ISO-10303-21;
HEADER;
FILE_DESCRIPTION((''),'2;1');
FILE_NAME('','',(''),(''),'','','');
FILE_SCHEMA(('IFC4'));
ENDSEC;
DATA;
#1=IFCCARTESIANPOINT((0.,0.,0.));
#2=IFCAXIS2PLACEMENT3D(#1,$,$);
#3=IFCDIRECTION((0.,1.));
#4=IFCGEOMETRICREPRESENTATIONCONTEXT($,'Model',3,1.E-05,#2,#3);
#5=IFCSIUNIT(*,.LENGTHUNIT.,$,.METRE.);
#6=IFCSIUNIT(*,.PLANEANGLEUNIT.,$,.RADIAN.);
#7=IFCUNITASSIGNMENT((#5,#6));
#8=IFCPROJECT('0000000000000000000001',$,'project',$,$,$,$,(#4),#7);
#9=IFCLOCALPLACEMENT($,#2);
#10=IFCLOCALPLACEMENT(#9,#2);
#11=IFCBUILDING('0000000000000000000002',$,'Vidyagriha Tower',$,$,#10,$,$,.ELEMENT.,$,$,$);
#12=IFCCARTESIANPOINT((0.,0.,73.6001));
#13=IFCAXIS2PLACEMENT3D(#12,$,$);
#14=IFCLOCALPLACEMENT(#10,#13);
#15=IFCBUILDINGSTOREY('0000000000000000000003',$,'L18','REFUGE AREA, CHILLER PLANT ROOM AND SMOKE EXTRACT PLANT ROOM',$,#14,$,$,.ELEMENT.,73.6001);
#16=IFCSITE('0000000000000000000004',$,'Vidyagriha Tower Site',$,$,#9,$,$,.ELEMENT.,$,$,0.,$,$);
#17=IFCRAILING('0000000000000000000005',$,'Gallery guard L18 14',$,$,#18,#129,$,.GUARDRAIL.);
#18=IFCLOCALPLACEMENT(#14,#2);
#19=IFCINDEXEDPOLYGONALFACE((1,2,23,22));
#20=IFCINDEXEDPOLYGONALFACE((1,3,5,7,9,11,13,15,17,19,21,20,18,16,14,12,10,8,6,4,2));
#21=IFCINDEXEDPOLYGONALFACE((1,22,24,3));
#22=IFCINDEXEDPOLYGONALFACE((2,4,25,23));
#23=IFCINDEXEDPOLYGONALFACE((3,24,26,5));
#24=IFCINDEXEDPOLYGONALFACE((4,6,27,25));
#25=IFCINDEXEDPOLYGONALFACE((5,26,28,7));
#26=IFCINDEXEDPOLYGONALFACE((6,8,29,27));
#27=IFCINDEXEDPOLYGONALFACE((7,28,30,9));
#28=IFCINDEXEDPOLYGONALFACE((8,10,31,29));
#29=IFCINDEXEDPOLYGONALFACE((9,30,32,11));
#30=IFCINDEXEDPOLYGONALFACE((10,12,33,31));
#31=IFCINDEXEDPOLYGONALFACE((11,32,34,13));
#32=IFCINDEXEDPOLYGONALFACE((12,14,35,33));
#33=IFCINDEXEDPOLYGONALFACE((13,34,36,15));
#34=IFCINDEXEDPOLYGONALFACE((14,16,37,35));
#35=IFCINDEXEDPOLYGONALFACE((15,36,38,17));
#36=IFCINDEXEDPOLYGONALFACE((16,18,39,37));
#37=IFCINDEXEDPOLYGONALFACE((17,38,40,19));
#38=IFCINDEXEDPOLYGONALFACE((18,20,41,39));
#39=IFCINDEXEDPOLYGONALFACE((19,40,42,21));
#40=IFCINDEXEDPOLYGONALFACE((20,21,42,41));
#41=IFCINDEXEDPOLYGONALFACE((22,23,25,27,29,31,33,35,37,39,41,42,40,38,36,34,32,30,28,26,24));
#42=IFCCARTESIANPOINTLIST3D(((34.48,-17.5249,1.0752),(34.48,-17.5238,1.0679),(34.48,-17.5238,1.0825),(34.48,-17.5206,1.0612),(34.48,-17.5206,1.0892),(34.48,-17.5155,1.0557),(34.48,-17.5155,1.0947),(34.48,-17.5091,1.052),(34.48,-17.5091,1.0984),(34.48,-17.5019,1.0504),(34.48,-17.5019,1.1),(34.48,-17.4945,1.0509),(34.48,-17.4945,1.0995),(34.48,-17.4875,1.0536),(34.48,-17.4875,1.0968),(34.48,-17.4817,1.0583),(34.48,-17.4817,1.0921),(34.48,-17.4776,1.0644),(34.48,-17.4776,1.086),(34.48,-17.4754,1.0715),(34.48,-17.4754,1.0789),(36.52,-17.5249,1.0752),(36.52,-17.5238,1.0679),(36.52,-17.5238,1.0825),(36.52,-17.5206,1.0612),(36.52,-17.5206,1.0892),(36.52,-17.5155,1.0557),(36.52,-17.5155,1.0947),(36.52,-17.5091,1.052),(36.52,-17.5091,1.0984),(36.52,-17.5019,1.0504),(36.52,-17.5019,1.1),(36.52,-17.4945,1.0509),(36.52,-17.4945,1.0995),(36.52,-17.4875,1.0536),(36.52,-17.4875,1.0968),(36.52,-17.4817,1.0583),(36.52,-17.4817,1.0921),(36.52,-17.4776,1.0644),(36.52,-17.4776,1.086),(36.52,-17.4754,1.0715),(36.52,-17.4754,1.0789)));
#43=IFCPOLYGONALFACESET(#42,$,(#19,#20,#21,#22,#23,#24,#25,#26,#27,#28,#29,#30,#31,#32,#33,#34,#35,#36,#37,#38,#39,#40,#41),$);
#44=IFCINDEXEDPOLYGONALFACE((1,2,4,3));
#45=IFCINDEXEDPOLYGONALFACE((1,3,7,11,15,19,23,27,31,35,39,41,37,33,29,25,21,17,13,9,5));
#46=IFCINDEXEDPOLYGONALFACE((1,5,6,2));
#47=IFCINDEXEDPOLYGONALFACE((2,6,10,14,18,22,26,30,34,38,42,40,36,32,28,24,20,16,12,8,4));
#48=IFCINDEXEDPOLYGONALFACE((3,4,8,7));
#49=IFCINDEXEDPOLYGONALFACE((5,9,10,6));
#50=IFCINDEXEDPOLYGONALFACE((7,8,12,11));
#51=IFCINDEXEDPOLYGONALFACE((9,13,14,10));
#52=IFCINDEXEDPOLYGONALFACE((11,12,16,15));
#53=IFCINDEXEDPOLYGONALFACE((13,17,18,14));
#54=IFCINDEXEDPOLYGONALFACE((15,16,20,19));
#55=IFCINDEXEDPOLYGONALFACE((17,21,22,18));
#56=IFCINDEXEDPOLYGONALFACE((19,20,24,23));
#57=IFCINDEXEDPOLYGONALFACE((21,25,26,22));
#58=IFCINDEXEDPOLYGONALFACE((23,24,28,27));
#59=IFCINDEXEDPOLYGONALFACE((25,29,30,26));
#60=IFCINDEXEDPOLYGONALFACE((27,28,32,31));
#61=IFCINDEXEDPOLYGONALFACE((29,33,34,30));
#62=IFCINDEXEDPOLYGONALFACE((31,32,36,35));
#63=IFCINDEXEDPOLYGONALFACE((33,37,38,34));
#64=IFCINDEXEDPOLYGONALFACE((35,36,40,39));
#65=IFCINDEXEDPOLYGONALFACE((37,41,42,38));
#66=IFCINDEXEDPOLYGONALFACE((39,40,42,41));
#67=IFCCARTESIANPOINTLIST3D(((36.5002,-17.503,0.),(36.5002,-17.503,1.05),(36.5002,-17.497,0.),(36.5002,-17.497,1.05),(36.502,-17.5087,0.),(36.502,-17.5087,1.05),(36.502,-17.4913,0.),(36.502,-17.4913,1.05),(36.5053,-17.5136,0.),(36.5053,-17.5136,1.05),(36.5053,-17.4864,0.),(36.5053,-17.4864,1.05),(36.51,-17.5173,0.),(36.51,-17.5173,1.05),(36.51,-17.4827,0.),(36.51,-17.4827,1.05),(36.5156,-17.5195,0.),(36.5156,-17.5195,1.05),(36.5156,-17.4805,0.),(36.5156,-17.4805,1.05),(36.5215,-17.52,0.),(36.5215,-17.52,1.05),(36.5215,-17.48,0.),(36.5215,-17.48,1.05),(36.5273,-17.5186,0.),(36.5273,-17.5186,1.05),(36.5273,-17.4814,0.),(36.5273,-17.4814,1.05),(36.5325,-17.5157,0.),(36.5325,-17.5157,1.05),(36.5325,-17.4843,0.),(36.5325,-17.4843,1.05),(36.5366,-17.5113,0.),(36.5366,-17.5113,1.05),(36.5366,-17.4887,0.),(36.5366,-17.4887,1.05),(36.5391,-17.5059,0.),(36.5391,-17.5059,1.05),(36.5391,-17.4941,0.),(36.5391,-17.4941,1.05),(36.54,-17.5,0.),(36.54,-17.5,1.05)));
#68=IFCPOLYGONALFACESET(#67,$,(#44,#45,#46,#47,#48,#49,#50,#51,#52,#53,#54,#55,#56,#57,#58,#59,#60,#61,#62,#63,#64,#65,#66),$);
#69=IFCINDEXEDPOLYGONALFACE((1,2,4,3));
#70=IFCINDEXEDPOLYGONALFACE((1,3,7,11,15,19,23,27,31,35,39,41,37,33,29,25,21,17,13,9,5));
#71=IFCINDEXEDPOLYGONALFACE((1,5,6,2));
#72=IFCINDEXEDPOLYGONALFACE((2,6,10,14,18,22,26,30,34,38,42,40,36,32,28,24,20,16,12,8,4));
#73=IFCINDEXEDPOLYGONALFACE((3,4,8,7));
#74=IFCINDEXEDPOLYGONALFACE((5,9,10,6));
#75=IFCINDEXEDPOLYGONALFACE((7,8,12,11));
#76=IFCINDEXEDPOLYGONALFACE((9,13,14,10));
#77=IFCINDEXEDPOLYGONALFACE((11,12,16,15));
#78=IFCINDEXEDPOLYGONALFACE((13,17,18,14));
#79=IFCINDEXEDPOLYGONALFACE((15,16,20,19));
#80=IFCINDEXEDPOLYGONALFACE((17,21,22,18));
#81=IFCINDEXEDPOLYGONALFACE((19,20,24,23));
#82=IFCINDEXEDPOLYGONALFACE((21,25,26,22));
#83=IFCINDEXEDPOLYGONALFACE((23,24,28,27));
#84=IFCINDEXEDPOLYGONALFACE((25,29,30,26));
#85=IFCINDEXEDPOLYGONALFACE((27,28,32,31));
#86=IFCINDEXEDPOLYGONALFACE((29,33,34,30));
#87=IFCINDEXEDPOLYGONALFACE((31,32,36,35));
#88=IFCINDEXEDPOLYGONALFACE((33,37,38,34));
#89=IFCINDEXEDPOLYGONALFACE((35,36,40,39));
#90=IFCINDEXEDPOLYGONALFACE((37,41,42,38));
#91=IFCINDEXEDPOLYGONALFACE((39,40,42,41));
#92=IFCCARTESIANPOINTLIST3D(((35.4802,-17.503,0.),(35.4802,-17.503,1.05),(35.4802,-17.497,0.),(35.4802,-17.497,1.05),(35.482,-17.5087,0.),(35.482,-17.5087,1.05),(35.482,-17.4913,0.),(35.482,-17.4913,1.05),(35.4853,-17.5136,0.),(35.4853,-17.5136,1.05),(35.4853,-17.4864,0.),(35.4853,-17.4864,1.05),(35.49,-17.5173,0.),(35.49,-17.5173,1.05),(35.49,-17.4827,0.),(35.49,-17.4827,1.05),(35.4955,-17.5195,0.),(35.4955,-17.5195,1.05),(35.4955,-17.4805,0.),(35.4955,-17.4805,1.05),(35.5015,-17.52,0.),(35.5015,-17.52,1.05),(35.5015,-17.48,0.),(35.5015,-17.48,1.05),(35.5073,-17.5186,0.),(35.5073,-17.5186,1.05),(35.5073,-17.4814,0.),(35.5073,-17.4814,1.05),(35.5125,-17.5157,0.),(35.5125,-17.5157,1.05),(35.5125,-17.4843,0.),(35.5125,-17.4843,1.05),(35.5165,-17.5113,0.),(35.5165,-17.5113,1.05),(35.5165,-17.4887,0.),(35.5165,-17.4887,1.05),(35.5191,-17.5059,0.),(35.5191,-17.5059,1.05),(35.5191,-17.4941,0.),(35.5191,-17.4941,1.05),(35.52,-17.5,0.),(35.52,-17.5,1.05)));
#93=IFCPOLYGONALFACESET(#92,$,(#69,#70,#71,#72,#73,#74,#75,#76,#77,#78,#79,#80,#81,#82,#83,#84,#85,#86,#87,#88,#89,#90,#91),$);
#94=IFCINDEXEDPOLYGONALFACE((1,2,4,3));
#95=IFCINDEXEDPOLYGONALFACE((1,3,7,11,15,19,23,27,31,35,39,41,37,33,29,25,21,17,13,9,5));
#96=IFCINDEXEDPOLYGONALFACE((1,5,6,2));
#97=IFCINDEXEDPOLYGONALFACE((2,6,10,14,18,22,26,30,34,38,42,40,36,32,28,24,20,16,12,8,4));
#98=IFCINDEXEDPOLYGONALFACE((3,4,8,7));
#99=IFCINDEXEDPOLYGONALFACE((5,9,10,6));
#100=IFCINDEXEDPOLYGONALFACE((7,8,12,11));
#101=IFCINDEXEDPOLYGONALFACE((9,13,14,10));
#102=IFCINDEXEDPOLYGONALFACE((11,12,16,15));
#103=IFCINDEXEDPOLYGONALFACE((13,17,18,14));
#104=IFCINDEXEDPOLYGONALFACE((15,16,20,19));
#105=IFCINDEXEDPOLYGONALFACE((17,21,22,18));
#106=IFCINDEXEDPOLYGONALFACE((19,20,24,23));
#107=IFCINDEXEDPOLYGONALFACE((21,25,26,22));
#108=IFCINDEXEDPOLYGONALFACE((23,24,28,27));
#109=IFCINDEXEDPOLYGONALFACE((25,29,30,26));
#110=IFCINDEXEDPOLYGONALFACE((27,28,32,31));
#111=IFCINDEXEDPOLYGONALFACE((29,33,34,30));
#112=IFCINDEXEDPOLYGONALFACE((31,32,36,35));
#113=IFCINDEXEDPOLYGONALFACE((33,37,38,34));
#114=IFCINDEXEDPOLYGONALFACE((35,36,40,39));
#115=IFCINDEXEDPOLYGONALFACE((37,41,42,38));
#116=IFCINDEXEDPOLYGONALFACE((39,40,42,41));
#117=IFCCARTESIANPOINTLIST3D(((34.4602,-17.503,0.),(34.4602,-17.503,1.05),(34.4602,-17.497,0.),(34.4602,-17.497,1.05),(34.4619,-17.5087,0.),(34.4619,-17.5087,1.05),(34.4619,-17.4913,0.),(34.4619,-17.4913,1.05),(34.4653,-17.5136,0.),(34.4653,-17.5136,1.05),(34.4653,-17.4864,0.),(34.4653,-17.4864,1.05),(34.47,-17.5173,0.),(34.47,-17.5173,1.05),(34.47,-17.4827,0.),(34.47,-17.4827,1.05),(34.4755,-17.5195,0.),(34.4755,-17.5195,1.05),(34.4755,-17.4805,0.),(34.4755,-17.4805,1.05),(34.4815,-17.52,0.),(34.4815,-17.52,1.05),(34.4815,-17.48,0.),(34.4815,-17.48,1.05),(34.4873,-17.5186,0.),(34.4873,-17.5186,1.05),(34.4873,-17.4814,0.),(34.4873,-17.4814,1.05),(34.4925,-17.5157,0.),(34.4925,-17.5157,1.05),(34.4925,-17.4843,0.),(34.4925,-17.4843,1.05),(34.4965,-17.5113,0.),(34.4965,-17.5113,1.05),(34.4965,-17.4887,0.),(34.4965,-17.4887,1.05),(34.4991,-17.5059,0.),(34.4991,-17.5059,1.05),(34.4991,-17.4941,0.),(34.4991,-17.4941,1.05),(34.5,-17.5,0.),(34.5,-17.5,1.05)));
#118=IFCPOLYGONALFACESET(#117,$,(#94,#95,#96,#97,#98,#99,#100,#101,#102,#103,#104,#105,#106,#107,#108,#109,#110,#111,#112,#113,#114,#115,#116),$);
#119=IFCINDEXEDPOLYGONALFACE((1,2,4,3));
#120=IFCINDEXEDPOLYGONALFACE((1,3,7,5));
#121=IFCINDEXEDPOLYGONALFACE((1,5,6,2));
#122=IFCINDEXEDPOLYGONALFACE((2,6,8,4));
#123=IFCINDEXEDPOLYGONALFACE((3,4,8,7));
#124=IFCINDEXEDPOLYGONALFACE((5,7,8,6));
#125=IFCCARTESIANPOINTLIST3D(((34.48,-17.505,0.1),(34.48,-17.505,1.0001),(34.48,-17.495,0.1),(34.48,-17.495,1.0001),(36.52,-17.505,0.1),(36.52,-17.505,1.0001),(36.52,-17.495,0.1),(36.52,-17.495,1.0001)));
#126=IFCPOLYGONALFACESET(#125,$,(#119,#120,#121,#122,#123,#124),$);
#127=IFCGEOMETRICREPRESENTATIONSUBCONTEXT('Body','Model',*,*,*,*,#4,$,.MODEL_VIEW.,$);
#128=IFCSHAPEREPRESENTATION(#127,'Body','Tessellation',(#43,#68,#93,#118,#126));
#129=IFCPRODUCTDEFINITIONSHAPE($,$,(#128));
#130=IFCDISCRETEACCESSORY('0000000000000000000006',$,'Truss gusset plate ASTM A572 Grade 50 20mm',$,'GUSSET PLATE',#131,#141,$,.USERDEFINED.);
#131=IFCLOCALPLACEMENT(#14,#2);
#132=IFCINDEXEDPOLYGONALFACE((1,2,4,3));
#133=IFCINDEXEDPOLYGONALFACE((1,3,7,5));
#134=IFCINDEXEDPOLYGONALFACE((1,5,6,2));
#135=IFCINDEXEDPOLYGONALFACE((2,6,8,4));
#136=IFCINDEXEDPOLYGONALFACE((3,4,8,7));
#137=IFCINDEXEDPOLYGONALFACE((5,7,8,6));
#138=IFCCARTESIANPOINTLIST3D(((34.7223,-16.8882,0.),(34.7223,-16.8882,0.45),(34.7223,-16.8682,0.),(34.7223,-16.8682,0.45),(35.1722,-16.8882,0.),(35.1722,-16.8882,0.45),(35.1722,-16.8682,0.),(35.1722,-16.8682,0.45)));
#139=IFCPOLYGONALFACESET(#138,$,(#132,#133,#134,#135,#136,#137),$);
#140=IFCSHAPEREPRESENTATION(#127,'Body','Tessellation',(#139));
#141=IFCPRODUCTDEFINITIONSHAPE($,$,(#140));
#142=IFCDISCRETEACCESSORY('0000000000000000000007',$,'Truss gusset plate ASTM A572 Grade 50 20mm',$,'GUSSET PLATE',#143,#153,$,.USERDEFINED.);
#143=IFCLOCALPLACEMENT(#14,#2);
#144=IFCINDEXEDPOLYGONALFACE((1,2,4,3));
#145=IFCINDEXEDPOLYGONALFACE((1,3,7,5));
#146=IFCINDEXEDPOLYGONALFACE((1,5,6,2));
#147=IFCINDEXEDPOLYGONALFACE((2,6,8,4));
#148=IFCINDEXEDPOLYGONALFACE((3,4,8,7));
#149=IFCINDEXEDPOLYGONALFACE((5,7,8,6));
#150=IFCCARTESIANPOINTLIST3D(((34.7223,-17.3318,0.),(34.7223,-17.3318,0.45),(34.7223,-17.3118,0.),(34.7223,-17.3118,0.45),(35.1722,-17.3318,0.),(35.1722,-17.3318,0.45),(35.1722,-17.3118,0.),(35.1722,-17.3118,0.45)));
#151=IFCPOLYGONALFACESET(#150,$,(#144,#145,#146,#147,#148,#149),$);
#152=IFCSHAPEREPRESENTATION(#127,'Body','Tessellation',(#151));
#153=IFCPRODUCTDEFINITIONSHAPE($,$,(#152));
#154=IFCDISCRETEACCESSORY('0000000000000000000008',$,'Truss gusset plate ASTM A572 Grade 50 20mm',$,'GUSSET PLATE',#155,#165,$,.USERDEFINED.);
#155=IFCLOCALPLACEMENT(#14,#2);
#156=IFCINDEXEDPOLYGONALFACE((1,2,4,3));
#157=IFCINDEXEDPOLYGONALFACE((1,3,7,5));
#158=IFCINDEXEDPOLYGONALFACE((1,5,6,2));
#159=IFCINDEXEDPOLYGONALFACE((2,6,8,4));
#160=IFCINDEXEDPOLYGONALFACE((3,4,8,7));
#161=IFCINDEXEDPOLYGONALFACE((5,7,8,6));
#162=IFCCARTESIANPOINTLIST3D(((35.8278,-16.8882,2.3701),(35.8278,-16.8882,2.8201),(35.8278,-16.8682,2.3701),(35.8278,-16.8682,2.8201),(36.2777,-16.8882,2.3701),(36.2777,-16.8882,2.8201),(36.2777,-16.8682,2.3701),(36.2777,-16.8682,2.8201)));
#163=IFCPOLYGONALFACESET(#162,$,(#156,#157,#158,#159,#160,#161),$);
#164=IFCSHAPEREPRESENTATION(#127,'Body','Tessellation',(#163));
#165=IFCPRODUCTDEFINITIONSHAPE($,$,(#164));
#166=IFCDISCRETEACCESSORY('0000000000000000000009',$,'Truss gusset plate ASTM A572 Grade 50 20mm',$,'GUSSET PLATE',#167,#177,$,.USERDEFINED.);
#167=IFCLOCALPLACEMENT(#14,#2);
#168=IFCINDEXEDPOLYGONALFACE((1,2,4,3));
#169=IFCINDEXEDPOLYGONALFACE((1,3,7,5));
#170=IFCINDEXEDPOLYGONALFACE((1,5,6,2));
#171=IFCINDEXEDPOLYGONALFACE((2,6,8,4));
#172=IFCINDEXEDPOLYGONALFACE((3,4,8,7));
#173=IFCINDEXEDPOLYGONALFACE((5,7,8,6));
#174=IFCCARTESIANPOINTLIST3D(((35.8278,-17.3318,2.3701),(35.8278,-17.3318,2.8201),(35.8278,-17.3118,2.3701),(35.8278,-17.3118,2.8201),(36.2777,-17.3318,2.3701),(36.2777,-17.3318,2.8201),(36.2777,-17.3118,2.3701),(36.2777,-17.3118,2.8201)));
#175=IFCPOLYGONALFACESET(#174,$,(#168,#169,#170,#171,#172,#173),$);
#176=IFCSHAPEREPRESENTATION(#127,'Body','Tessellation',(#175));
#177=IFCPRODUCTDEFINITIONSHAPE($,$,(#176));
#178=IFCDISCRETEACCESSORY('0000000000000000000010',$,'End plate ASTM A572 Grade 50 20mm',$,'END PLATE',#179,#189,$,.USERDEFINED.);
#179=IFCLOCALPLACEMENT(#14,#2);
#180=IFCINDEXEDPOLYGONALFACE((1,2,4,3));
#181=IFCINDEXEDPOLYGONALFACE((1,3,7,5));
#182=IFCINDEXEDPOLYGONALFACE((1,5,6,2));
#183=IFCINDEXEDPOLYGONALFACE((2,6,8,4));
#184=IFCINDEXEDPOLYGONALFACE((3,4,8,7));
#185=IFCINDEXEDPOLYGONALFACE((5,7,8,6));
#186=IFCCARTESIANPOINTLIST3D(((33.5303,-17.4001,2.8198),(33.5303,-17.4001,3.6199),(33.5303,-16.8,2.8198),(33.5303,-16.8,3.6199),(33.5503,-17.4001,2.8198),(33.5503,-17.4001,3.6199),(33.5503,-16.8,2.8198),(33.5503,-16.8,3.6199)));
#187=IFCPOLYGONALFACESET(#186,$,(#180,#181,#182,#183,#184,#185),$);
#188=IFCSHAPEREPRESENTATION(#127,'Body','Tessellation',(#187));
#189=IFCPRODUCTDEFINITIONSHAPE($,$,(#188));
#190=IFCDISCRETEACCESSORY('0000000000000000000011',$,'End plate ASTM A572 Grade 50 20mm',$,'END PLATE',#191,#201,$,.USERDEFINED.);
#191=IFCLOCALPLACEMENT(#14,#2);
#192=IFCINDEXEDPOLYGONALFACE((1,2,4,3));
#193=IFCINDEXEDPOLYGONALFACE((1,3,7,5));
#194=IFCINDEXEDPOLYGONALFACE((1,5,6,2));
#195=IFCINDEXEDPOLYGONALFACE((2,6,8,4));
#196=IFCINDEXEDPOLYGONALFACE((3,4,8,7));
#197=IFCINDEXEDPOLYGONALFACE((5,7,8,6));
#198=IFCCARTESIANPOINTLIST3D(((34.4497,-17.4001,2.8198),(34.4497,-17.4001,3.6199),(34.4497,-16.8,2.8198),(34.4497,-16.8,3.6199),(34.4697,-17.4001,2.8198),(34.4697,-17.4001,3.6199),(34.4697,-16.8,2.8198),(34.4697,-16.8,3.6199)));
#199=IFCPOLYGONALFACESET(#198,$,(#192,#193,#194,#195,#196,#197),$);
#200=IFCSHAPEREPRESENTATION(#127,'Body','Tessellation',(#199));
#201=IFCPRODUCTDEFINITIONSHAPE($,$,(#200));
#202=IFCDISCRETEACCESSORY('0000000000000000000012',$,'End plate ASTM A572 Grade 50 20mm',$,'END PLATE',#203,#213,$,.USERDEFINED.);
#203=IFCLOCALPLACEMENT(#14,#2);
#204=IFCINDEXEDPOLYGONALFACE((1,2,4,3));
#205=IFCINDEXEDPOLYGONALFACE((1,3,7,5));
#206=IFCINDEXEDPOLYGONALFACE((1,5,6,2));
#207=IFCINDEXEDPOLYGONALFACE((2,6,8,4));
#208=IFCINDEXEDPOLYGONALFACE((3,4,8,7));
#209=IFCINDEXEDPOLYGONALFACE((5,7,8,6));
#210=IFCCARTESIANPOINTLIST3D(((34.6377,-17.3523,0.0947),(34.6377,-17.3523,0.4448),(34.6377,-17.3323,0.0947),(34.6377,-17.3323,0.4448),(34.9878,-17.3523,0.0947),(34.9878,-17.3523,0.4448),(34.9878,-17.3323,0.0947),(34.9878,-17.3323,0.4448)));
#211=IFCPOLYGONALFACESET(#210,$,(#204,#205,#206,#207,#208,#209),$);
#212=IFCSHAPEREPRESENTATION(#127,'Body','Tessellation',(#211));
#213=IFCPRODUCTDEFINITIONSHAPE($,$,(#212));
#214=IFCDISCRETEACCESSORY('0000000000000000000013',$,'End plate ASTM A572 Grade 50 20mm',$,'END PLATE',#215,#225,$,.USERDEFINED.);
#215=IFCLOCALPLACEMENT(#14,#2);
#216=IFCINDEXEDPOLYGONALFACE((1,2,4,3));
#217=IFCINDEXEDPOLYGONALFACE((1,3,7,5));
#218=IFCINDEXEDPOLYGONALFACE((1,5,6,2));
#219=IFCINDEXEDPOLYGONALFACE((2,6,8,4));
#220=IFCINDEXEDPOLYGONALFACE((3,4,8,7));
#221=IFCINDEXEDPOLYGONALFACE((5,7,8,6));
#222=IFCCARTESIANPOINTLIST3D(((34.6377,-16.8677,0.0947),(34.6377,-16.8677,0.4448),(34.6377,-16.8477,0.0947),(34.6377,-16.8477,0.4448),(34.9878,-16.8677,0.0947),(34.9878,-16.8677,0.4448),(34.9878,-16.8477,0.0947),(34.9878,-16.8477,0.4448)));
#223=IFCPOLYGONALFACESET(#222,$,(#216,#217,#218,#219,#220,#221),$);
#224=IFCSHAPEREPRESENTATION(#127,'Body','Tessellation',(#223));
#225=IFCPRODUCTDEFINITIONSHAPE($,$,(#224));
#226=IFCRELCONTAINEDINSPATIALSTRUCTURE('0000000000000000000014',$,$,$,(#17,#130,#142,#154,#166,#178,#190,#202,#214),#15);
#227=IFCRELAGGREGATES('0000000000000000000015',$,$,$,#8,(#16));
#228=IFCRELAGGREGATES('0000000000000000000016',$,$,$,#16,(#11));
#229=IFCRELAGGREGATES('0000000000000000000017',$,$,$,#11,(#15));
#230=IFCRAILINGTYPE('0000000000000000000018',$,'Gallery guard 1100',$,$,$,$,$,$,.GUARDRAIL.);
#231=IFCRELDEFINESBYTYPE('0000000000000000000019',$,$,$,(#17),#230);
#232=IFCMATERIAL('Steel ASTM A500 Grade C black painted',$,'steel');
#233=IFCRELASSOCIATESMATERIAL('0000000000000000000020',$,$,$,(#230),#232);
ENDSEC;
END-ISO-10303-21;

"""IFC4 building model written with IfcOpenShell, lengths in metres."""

from ifc_helpers import new_model, si_unit, direction, frame, origin, origin_2d, place, context, subcontext, project, spatial, rectangle, circle, extrude, material, type_object, element, save


model = new_model("IFC4")

# Units and contexts
model_context = context("Model", 3, precision=1e-05, world=origin(), true_north=direction((0.0, 1.0)))
body_context = subcontext(model_context, "Body", "Model", "MODEL_VIEW")
ifc_project = project(units=[si_unit("LENGTHUNIT", "METRE"), si_unit("PLANEANGLEUNIT", "RADIAN")], contexts=[model_context])

# Site, building, storey
site_placement = place(None, origin())
site = spatial("IfcSite", under=ifc_project, at=site_placement, Name="Vidyagriha Tower Site", CompositionType="ELEMENT", RefElevation=0.0)
building_placement = place(site_placement, origin())
building = spatial("IfcBuilding", under=site, at=building_placement, Name="Vidyagriha Tower", CompositionType="ELEMENT")
storey_placement = place(building_placement, frame((0.0, 0.0, 73.6001)))
storey = spatial("IfcBuildingStorey", under=building, at=storey_placement, Name="L18", Description="REFUGE AREA, CHILLER PLANT ROOM AND SMOKE EXTRACT PLANT ROOM", CompositionType="ELEMENT", Elevation=73.6001)

# Railing
ifc_material_1 = material(Name="Steel ASTM A500 Grade C black painted", Category="steel")
railing_type = type_object("IfcRailingType", Name="Gallery guard 1100", PredefinedType="GUARDRAIL", material=ifc_material_1)
railing_1_placement = place(storey_placement, frame((36.52, -17.5, 0.0)))
element("IfcRailing", 1, at=railing_1_placement, inside=storey, type_object=railing_type, Name="Gallery guard L18 14", PredefinedType="GUARDRAIL", context=body_context, shape_type="SweptSolid", body=[
    extrude(circle(Radius=0.0249, at=origin_2d()), frame((0.0, 0.0, 1.0752), z_axis=(-1.0, 0.0, 0.0), x_axis=(0.0, -1.0, 0.0)), (0.0, 0.0, 1.0), 2.04),
    extrude(circle(Radius=0.02, at=origin_2d()), origin(), (0.0, 0.0, 1.0), 1.05),
    extrude(circle(Radius=0.02, at=origin_2d()), frame((-1.02, 0.0, 0.0)), (0.0, 0.0, 1.0), 1.05),
    extrude(circle(Radius=0.02, at=origin_2d()), frame((-2.04, 0.0, 0.0)), (0.0, 0.0, 1.0), 1.05),
    extrude(rectangle(XDim=0.01, YDim=0.9001, at=origin_2d()), frame((0.0, 0.0, 0.55), z_axis=(-1.0, 0.0, 0.0), x_axis=(0.0, -1.0, 0.0)), (0.0, 0.0, 1.0), 2.04),
])

# Discrete accessories
for number, where, name in (
    (2, (34.9473, -16.8782, 0.0), "Truss gusset plate ASTM A572 Grade 50 20mm"),
    (3, (34.9473, -17.3218, 0.0), "Truss gusset plate ASTM A572 Grade 50 20mm"),
    (4, (36.0527, -16.8782, 2.3701), "Truss gusset plate ASTM A572 Grade 50 20mm"),
    (5, (36.0527, -17.3218, 2.3701), "Truss gusset plate ASTM A572 Grade 50 20mm"),
):
    element("IfcDiscreteAccessory", number, at=place(storey_placement, frame(where)), inside=storey, Name=name, ObjectType="GUSSET PLATE", PredefinedType="USERDEFINED", context=body_context, shape_type="SweptSolid", body=[
        extrude(rectangle(XDim=0.45, YDim=0.02, at=origin_2d()), origin(), (0.0, 0.0, 1.0), 0.45),
    ])
discrete_accessory_1_placement = place(storey_placement, frame((33.5403, -17.1001, 2.8198)))
element("IfcDiscreteAccessory", 6, at=discrete_accessory_1_placement, inside=storey, Name="End plate ASTM A572 Grade 50 20mm", ObjectType="END PLATE", PredefinedType="USERDEFINED", context=body_context, shape_type="SweptSolid", body=[
    extrude(rectangle(XDim=0.02, YDim=0.6001, at=origin_2d()), origin(), (0.0, 0.0, 1.0), 0.8),
])
discrete_accessory_2_placement = place(storey_placement, frame((34.4597, -17.1001, 2.8198), z_axis=(0.0, 0.0, 1.0), x_axis=(-1.0, 0.0, 0.0)))
element("IfcDiscreteAccessory", 7, at=discrete_accessory_2_placement, inside=storey, Name="End plate ASTM A572 Grade 50 20mm", ObjectType="END PLATE", PredefinedType="USERDEFINED", context=body_context, shape_type="SweptSolid", body=[
    extrude(rectangle(XDim=0.02, YDim=0.6001, at=origin_2d()), origin(), (0.0, 0.0, 1.0), 0.8),
])
for number, where, z_axis, x_axis, name in (
    (8, (34.8127, -17.3423, 0.0947), (0.0, 0.0, 1.0), (-1.0, 0.0, 0.0), "End plate ASTM A572 Grade 50 20mm"),
    (9, (34.8127, -16.8577, 0.0947), (0.0, 0.0, 1.0), (-1.0, 0.0, 0.0), "End plate ASTM A572 Grade 50 20mm"),
):
    element("IfcDiscreteAccessory", number, at=place(storey_placement, frame(where, z_axis=z_axis, x_axis=x_axis)), inside=storey, Name=name, ObjectType="END PLATE", PredefinedType="USERDEFINED", context=body_context, shape_type="SweptSolid", body=[
        extrude(rectangle(XDim=0.3501, YDim=0.02, at=origin_2d()), origin(), (0.0, 0.0, 1.0), 0.3501),
    ])

save(model, "model.ifc")
